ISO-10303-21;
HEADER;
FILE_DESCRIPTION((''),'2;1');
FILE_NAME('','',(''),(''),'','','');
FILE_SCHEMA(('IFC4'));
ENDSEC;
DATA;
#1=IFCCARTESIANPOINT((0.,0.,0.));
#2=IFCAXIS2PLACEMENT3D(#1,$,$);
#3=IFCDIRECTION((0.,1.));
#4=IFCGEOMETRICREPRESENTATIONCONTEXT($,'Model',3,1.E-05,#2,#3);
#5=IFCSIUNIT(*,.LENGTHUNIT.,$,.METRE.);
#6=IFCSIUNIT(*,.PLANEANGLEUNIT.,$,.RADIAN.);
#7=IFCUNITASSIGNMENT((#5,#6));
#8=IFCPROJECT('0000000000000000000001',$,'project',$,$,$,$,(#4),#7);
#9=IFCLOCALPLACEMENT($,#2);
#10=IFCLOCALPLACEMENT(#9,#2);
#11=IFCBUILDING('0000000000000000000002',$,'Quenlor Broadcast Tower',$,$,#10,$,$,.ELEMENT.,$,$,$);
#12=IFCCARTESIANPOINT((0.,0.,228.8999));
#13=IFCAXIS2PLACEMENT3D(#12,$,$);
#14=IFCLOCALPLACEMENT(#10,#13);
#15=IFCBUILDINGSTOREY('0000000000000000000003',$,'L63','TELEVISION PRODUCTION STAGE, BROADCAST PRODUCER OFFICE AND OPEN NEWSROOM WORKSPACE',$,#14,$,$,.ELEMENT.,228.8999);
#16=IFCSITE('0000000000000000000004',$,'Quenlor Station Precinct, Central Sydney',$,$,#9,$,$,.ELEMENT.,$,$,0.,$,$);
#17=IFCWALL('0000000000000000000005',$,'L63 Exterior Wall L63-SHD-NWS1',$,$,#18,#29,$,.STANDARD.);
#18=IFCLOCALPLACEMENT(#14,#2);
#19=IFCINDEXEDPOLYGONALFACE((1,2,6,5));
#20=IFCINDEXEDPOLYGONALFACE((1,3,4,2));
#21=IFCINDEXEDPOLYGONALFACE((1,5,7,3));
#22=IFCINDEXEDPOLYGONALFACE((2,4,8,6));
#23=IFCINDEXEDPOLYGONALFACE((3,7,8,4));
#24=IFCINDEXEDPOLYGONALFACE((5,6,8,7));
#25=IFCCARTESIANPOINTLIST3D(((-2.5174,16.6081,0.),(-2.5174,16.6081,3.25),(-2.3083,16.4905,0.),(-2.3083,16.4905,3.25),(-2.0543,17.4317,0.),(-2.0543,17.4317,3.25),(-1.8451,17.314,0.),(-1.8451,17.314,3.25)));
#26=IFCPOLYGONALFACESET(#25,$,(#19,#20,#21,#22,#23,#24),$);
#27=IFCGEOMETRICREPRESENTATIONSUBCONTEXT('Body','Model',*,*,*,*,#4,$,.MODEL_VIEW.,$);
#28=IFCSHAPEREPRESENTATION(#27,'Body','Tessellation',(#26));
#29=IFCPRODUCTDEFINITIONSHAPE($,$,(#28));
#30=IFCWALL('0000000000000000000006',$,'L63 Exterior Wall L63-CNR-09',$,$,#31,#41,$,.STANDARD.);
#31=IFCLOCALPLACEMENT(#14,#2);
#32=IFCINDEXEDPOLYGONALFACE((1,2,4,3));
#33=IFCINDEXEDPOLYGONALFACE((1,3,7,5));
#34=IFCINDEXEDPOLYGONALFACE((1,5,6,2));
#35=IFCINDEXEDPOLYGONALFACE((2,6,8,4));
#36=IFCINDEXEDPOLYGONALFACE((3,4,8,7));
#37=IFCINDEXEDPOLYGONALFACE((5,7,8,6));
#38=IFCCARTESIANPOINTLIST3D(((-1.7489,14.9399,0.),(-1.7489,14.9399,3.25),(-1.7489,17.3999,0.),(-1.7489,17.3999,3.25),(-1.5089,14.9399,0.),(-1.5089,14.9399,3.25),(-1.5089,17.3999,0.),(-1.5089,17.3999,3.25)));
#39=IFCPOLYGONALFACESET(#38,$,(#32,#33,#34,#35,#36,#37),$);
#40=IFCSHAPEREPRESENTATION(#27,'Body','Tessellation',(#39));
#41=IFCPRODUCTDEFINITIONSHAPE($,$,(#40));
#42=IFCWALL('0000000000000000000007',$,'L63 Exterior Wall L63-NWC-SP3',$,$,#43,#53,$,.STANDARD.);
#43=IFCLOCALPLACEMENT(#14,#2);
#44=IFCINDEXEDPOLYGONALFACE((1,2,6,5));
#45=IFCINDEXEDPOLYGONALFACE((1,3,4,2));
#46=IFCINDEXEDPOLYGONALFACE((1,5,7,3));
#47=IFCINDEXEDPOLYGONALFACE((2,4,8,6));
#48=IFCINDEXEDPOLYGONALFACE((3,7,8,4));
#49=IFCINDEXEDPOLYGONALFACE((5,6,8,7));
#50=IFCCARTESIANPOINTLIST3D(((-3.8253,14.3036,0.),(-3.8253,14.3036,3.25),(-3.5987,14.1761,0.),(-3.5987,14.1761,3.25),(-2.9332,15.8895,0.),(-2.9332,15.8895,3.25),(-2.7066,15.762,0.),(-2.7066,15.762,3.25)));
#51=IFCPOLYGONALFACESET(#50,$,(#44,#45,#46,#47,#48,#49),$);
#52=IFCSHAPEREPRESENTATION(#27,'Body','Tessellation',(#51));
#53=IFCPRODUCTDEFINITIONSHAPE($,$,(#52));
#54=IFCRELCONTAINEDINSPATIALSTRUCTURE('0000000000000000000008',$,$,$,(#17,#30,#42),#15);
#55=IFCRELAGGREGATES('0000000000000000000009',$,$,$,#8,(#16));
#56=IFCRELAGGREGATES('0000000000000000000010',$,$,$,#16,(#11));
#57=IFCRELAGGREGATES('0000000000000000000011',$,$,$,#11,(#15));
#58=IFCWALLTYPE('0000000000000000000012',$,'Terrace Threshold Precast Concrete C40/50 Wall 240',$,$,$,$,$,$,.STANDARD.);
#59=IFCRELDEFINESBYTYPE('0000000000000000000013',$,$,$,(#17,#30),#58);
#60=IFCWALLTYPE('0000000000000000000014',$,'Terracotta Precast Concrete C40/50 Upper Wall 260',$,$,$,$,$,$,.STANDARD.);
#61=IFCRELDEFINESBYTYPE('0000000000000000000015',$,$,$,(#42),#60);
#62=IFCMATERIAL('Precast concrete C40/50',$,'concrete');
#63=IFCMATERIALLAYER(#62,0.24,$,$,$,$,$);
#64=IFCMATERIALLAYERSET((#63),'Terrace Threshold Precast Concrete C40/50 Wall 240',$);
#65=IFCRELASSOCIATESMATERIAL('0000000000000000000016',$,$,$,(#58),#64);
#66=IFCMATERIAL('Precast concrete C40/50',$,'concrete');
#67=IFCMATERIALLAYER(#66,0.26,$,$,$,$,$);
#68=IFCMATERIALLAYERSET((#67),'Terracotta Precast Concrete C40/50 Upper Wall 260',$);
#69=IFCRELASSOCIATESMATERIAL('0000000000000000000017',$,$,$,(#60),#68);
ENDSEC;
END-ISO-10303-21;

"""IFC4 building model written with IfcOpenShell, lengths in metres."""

from ifc_helpers import new_model, si_unit, direction, frame, frame_2d, origin, place, context, subcontext, project, spatial, rectangle, extrude, material, layer, layer_set, type_object, element, save


model = new_model("IFC4")

# Units and contexts
model_context = context("Model", 3, precision=1e-05, world=origin(), true_north=direction((0.0, 1.0)))
body_context = subcontext(model_context, "Body", "Model", "MODEL_VIEW")
ifc_project = project(units=[si_unit("LENGTHUNIT", "METRE"), si_unit("PLANEANGLEUNIT", "RADIAN")], contexts=[model_context])

# Site, building, storey
site_placement = place(None, origin())
site = spatial("IfcSite", under=ifc_project, at=site_placement, Name="Quenlor Station Precinct, Central Sydney", CompositionType="ELEMENT", RefElevation=0.0)
building_placement = place(site_placement, origin())
building = spatial("IfcBuilding", under=site, at=building_placement, Name="Quenlor Broadcast Tower", CompositionType="ELEMENT")
storey_placement = place(building_placement, frame((0.0, 0.0, 228.8999)))
storey = spatial("IfcBuildingStorey", under=building, at=storey_placement, Name="L63", Description="TELEVISION PRODUCTION STAGE, BROADCAST PRODUCER OFFICE AND OPEN NEWSROOM WORKSPACE", CompositionType="ELEMENT", Elevation=228.8999)

# Walls
ifc_material_1 = material(Name="Precast concrete C40/50", Category="concrete")
ifc_layer_1 = layer(ifc_material_1, 0.24)
ifc_layer_set_1 = layer_set([ifc_layer_1], Name="Terrace Threshold Precast Concrete C40/50 Wall 240")
wall_type_1 = type_object("IfcWallType", Name="Terrace Threshold Precast Concrete C40/50 Wall 240", PredefinedType="STANDARD", material=ifc_layer_set_1)
wall_1_placement = place(storey_placement, frame((-2.4128, 16.5493, 0.0), z_axis=(0.0, 0.0, 1.0), x_axis=(0.4902, 0.87161, 0.0)))
element("IfcWall", 1, at=wall_1_placement, inside=storey, type_object=wall_type_1, Name="L63 Exterior Wall L63-SHD-NWS1", PredefinedType="STANDARD", context=body_context, shape_type="SweptSolid", body=[
    extrude(rectangle(XDim=0.9448, YDim=0.24, at=frame_2d((0.4724, 0.0))), origin(), (0.0, 0.0, 1.0), 3.25),
])
wall_2_placement = place(storey_placement, frame((-1.6289, 14.9399, 0.0), z_axis=(0.0, 0.0, 1.0), x_axis=(0.0, 1.0, 0.0)))
element("IfcWall", 2, at=wall_2_placement, inside=storey, type_object=wall_type_1, Name="L63 Exterior Wall L63-CNR-09", PredefinedType="STANDARD", context=body_context, shape_type="SweptSolid", body=[
    extrude(rectangle(XDim=2.46, YDim=0.24, at=frame_2d((1.23, 0.0))), origin(), (0.0, 0.0, 1.0), 3.25),
])
ifc_material_2 = material(Name="Precast concrete C40/50", Category="concrete")
ifc_layer_2 = layer(ifc_material_2, 0.26)
ifc_layer_set_2 = layer_set([ifc_layer_2], Name="Terracotta Precast Concrete C40/50 Upper Wall 260")
wall_type_2 = type_object("IfcWallType", Name="Terracotta Precast Concrete C40/50 Upper Wall 260", PredefinedType="STANDARD", material=ifc_layer_set_2)
wall_3_placement = place(storey_placement, frame((-3.7119, 14.24, 0.0), z_axis=(0.0, 0.0, 1.0), x_axis=(0.490261, 0.871576, 0.0)))
element("IfcWall", 3, at=wall_3_placement, inside=storey, type_object=wall_type_2, Name="L63 Exterior Wall L63-NWC-SP3", PredefinedType="STANDARD", context=body_context, shape_type="SweptSolid", body=[
    extrude(rectangle(XDim=1.8196, YDim=0.26, at=frame_2d((0.9097, 0.0))), origin(), (0.0, 0.0, 1.0), 3.25),
])

save(model, "model.ifc")
